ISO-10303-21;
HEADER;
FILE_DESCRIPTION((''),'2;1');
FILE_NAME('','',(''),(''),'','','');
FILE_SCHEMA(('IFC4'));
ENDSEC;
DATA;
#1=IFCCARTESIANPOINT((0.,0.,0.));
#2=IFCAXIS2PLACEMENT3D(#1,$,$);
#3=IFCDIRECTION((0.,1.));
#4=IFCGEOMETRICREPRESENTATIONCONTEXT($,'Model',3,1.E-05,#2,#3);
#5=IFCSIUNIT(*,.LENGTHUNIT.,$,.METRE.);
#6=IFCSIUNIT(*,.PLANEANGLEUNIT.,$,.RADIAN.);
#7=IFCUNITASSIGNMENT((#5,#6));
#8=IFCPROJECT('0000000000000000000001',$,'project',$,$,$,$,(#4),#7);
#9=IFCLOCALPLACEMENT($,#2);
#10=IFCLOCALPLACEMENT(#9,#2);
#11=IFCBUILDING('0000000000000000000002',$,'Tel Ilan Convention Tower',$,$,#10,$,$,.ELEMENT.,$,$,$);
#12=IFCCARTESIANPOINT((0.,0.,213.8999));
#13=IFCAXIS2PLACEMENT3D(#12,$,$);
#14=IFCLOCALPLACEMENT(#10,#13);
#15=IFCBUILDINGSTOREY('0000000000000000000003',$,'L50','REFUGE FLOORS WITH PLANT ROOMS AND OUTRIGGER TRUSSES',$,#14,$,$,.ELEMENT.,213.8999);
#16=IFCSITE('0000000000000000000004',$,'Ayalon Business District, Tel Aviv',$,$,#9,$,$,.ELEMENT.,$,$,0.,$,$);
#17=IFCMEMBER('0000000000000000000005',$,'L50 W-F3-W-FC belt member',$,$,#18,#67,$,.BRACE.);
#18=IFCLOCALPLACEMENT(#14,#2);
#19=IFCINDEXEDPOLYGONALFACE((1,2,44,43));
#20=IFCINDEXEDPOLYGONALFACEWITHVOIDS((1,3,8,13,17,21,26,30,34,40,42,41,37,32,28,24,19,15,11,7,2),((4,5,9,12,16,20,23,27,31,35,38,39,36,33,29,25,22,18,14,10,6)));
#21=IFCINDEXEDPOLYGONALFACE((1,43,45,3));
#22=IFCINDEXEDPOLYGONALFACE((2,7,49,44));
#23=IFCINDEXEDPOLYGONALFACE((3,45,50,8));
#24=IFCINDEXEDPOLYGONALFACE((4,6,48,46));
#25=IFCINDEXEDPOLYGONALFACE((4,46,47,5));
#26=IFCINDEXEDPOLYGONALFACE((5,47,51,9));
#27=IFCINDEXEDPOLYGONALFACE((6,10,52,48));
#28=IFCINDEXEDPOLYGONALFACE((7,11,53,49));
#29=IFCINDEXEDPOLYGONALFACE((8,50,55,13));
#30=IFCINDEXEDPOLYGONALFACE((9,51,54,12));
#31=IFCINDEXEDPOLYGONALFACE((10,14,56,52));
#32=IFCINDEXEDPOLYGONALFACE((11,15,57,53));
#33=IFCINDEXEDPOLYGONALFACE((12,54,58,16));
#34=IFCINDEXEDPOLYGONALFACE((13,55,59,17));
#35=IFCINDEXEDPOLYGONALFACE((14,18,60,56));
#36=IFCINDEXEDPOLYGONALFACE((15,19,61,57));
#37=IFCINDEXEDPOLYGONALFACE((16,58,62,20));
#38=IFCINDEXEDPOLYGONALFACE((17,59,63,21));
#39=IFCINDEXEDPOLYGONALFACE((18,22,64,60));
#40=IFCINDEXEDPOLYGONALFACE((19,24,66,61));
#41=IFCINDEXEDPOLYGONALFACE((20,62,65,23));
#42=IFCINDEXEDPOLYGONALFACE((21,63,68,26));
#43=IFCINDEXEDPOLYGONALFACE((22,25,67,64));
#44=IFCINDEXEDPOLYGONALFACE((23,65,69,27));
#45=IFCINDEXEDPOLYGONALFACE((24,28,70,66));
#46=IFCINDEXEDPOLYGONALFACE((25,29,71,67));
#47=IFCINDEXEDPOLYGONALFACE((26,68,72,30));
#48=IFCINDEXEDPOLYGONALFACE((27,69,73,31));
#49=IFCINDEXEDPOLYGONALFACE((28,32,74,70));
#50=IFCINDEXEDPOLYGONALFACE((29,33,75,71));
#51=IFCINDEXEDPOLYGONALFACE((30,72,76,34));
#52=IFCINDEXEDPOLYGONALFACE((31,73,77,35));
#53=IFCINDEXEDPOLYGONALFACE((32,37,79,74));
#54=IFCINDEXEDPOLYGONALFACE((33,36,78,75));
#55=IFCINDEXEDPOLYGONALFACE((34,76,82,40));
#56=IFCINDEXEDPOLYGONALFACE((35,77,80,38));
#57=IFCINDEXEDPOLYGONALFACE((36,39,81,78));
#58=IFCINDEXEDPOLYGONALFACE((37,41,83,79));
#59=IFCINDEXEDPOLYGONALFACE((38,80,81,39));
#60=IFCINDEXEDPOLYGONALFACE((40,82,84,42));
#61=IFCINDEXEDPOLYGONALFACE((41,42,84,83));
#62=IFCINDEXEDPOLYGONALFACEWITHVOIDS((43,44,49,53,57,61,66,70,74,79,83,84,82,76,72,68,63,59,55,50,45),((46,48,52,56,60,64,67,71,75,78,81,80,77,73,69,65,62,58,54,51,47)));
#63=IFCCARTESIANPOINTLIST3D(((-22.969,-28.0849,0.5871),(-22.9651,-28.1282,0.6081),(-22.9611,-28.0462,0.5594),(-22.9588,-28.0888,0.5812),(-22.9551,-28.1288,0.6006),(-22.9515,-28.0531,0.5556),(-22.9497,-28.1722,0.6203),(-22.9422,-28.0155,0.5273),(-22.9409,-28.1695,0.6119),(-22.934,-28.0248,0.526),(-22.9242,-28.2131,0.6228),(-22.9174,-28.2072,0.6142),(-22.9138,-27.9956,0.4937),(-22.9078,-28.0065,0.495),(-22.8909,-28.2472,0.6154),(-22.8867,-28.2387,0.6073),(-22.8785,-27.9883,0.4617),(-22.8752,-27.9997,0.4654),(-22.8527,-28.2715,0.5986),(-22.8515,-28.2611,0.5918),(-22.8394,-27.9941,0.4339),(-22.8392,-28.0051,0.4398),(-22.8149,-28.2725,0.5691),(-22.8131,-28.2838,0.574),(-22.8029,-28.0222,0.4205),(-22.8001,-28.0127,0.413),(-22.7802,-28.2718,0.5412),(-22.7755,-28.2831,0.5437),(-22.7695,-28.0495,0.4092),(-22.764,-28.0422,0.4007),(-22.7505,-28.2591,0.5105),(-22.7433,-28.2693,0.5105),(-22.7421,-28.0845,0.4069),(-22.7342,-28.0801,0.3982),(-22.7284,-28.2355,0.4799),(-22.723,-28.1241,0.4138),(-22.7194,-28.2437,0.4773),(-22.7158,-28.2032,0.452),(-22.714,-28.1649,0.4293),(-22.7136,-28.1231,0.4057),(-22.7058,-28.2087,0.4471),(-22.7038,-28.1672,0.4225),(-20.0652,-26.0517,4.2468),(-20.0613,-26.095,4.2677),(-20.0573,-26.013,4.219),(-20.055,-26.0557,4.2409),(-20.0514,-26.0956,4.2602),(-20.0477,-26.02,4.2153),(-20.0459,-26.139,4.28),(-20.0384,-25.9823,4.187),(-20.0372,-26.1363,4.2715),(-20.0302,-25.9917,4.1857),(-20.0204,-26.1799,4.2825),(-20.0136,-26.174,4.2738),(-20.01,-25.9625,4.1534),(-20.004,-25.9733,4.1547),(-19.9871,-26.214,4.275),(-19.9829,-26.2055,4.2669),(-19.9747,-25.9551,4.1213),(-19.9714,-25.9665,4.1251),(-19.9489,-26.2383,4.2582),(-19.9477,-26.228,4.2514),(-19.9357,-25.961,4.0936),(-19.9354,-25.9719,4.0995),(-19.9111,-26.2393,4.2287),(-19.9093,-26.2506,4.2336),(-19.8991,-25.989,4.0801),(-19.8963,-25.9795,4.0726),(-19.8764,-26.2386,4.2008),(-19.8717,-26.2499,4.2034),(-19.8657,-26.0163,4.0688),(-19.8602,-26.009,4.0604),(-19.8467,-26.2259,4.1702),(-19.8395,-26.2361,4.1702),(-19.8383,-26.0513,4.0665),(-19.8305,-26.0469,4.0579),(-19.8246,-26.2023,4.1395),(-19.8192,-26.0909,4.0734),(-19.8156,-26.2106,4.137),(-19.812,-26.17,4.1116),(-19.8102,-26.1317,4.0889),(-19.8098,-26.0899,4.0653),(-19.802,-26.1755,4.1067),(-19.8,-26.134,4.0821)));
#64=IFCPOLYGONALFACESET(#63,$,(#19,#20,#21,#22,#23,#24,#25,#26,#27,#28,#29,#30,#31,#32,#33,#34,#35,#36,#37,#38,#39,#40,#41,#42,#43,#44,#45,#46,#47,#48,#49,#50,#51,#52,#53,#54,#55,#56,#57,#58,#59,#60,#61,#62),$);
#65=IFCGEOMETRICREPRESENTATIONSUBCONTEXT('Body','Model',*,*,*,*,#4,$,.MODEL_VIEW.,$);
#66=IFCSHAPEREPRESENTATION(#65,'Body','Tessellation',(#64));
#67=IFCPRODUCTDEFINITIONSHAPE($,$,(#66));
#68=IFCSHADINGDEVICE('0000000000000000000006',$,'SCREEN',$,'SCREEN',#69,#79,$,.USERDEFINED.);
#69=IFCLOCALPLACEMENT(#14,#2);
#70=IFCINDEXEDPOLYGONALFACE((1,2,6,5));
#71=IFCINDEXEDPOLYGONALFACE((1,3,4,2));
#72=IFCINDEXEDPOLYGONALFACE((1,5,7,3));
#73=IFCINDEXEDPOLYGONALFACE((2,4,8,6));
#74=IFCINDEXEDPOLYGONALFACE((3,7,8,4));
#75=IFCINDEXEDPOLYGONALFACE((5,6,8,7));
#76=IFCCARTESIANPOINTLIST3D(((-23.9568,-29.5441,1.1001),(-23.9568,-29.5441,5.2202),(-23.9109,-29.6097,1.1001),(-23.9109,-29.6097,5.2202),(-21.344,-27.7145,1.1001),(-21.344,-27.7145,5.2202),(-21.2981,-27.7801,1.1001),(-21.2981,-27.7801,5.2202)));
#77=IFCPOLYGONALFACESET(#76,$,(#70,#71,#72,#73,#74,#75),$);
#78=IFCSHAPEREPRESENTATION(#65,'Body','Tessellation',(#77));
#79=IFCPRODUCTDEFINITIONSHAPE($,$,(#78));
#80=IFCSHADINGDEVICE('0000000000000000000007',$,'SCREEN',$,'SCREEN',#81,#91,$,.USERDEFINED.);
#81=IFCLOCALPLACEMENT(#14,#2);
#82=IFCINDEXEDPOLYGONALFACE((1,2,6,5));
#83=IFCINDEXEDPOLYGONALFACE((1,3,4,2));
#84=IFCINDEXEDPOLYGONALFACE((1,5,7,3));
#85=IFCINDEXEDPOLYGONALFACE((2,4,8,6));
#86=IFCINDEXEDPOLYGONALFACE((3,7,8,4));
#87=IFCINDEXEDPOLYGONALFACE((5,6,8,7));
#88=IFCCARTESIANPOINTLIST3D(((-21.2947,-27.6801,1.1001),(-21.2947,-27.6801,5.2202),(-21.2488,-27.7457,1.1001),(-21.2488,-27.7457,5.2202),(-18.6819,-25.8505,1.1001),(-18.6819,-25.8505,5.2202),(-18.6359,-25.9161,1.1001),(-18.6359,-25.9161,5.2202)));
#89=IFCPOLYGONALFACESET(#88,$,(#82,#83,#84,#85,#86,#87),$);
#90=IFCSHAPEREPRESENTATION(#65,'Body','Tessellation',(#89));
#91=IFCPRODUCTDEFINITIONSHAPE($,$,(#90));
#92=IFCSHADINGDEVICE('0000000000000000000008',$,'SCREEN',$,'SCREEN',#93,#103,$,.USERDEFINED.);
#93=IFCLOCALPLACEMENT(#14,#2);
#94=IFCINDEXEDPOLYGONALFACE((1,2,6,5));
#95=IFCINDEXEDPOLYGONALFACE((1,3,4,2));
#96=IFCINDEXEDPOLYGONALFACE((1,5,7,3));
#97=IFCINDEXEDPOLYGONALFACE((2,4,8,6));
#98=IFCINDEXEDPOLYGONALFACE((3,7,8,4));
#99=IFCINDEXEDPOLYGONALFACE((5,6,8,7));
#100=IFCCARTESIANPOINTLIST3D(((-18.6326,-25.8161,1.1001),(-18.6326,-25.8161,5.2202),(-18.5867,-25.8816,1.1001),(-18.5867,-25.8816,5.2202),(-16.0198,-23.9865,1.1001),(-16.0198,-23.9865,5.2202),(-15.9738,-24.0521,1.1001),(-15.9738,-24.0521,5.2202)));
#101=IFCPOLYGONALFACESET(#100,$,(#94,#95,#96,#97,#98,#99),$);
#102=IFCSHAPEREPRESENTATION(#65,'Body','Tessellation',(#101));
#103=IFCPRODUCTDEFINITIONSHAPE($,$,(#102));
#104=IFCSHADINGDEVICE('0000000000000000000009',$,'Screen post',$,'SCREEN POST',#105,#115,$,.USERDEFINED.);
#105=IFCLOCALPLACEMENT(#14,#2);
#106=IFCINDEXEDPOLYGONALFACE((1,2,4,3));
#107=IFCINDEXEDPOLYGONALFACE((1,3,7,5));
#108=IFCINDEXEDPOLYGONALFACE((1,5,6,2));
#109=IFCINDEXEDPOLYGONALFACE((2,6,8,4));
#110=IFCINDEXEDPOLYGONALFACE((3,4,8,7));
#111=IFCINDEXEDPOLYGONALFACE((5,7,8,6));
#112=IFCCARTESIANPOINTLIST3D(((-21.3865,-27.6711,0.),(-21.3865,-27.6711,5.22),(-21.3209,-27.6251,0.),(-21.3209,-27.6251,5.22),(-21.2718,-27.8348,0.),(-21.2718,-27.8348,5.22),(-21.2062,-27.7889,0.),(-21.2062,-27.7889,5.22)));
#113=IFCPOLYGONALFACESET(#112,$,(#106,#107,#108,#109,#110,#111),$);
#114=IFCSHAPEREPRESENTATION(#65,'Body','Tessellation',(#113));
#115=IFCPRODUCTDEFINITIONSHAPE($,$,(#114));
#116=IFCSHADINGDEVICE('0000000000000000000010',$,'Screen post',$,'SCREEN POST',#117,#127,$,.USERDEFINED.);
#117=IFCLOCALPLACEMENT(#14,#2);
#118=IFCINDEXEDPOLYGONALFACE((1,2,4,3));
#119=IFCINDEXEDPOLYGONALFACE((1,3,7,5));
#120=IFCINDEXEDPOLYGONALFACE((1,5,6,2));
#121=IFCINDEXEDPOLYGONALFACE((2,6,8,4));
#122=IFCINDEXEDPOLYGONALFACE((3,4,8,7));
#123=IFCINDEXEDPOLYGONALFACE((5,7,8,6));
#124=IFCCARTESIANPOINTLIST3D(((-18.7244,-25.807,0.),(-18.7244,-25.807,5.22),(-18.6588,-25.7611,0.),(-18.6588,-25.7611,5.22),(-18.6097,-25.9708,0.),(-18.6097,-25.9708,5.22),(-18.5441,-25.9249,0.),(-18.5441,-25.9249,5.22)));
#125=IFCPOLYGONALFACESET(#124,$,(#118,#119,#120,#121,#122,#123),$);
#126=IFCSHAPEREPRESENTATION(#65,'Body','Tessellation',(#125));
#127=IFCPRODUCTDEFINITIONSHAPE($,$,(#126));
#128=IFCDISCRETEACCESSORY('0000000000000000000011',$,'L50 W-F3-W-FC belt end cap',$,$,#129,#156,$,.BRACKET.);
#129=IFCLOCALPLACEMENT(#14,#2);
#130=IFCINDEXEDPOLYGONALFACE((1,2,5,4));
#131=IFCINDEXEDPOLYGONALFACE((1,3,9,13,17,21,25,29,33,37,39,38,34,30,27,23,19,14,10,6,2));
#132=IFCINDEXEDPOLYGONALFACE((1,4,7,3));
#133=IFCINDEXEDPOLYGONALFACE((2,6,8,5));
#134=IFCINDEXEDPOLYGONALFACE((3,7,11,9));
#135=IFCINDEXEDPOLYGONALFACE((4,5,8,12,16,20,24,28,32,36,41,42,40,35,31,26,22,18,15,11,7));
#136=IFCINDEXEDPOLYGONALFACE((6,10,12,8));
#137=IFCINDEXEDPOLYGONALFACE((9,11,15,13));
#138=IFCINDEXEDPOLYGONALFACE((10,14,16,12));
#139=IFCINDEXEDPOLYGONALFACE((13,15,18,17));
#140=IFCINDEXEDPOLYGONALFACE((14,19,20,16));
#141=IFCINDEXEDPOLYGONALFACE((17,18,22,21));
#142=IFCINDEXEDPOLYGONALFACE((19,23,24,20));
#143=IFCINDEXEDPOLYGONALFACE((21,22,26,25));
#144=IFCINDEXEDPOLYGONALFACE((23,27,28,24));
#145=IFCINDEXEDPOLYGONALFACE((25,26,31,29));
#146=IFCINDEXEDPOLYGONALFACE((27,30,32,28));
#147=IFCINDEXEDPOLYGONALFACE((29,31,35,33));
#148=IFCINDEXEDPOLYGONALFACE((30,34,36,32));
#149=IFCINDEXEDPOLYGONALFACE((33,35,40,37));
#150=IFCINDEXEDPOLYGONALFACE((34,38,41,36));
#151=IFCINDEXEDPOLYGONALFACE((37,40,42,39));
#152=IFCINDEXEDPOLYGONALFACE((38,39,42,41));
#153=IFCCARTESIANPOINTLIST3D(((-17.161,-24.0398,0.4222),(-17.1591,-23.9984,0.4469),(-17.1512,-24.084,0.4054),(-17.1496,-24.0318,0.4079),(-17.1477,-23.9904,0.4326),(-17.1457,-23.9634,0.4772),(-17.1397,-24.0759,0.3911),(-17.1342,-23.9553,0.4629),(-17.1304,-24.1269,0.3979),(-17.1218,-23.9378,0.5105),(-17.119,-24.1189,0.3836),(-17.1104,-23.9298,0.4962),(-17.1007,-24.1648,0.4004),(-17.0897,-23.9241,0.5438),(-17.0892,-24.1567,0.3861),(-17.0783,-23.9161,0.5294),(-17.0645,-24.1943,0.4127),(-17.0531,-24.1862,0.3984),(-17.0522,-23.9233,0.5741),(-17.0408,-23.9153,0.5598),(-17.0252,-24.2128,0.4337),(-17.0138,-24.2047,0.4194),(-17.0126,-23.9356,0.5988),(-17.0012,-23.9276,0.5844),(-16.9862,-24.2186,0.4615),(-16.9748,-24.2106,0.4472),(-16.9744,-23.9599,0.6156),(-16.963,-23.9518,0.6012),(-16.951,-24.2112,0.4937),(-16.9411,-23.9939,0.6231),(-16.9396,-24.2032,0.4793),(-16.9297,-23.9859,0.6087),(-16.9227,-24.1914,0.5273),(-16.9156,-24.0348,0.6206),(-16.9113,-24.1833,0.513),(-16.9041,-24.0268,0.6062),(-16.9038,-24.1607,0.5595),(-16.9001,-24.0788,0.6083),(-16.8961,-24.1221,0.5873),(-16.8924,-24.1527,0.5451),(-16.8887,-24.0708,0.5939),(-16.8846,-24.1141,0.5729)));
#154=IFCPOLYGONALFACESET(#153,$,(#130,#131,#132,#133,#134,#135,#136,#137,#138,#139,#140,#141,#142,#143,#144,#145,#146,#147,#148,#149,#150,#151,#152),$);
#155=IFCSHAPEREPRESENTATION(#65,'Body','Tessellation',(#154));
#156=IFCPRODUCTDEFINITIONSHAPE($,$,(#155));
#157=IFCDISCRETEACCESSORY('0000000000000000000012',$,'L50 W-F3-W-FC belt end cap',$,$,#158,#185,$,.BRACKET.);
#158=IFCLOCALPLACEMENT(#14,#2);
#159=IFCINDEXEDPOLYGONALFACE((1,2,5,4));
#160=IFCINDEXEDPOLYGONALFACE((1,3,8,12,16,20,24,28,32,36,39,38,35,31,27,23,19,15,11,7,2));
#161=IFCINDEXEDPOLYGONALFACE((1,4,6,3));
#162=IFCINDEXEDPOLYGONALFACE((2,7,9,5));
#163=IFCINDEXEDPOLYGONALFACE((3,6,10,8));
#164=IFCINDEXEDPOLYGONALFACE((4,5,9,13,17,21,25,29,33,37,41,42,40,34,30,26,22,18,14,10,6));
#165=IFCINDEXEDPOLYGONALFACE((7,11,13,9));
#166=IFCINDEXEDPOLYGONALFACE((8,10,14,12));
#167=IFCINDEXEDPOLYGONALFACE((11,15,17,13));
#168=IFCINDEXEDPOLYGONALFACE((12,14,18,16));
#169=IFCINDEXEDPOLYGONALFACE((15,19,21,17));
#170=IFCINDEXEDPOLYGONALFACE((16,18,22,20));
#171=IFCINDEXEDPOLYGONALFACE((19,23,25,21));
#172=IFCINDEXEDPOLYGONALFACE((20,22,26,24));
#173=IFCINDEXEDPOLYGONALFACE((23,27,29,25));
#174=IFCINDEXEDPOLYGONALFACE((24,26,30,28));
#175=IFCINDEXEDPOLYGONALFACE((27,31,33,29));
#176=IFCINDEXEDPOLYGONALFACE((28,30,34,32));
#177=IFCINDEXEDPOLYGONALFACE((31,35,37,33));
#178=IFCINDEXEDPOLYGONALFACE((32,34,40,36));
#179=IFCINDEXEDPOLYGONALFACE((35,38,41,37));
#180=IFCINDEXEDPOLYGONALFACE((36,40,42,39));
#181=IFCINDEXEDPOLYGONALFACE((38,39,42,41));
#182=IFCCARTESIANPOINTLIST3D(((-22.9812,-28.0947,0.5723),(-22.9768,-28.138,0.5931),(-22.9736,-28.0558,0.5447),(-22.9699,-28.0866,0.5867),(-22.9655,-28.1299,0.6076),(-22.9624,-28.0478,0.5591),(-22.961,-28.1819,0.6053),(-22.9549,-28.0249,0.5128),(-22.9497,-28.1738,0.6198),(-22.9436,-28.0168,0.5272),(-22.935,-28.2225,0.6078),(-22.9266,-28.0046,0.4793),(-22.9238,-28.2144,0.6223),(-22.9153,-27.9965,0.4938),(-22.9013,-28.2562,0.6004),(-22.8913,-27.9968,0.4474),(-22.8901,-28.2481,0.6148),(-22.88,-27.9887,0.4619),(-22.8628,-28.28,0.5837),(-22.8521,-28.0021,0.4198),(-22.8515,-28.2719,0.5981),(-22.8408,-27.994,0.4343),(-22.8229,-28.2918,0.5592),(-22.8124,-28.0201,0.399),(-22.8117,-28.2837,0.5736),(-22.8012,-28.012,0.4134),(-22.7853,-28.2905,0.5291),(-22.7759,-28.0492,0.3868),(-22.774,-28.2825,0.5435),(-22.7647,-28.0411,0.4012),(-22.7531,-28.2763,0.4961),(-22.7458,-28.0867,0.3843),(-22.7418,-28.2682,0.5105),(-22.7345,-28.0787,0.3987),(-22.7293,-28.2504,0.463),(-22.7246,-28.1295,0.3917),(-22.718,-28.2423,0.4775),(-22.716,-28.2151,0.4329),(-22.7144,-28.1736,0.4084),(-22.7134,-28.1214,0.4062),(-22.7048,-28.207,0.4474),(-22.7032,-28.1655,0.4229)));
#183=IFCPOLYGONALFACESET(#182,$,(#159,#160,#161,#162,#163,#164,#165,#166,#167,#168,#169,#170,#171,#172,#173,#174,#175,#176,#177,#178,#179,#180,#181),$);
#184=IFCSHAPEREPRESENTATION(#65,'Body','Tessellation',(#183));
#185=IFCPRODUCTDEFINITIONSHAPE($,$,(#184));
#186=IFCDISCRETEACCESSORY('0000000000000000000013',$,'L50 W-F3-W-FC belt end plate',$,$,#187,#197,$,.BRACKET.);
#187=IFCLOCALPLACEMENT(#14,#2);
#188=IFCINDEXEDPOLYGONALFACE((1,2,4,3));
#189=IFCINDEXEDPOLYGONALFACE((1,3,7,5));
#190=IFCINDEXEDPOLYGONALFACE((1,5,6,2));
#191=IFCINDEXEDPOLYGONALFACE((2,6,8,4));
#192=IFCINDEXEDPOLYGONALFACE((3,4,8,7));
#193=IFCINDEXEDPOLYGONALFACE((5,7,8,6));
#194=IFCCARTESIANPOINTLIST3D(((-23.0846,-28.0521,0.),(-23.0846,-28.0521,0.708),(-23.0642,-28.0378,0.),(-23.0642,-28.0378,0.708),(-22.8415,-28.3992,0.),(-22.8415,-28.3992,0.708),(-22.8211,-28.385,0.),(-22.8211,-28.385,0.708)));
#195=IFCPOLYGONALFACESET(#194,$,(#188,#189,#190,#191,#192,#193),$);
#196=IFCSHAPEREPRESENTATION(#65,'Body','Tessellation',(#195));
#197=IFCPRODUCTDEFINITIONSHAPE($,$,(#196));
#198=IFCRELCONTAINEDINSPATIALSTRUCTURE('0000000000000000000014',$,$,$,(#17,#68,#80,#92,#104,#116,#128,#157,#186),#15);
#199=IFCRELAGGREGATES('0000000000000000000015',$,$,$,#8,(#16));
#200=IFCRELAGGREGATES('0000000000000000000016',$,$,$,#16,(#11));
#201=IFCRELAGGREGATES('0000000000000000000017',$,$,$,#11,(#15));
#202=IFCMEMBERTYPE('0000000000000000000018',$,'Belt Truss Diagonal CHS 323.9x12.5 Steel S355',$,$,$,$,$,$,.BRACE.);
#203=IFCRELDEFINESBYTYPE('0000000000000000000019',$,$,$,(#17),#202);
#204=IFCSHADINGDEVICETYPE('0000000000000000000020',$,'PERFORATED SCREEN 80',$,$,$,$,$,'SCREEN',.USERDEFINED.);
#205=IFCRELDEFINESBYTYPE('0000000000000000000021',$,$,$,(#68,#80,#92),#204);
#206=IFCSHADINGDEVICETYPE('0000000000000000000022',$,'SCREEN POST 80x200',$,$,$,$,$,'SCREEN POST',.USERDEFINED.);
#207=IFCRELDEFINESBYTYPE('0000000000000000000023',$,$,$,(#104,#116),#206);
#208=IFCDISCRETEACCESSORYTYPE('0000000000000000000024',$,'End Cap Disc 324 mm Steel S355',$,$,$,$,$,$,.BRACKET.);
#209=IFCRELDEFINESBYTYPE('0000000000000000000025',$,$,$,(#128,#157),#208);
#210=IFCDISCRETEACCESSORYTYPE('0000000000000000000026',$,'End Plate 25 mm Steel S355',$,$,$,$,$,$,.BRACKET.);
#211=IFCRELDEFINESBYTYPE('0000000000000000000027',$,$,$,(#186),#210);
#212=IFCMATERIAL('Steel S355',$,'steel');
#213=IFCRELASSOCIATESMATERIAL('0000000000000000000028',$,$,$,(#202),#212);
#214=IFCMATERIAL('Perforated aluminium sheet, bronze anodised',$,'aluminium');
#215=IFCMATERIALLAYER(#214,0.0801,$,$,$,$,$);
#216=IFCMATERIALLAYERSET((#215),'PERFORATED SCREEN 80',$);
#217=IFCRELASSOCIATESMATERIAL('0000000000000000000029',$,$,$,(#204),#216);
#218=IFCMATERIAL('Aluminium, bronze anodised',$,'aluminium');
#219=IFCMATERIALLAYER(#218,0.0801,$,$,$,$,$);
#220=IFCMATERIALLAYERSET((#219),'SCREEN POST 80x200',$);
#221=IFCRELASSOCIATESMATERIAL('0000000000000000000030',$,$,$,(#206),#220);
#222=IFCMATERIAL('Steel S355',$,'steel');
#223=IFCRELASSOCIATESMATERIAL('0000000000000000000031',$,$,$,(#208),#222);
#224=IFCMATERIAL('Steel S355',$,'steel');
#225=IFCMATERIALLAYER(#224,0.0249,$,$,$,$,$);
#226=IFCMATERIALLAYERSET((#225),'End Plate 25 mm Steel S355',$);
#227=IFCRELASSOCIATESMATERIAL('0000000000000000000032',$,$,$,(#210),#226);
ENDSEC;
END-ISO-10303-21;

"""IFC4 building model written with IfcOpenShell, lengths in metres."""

from ifc_helpers import new_model, si_unit, direction, frame, origin, origin_2d, place, context, subcontext, project, spatial, rectangle, circle, hollow_circle, extrude, material, layer, layer_set, material_profile, profile_set, type_object, element, save


model = new_model("IFC4")

# Units and contexts
model_context = context("Model", 3, precision=1e-05, world=origin(), true_north=direction((0.0, 1.0)))
body_context = subcontext(model_context, "Body", "Model", "MODEL_VIEW")
ifc_project = project(units=[si_unit("LENGTHUNIT", "METRE"), si_unit("PLANEANGLEUNIT", "RADIAN")], contexts=[model_context])

# Site, building, storey
site_placement = place(None, origin())
site = spatial("IfcSite", under=ifc_project, at=site_placement, Name="Ayalon Business District, Tel Aviv", CompositionType="ELEMENT", RefElevation=0.0)
building_placement = place(site_placement, origin())
building = spatial("IfcBuilding", under=site, at=building_placement, Name="Tel Ilan Convention Tower", CompositionType="ELEMENT")
storey_placement = place(building_placement, frame((0.0, 0.0, 213.8999)))
storey = spatial("IfcBuildingStorey", under=building, at=storey_placement, Name="L50", Description="REFUGE FLOORS WITH PLANT ROOMS AND OUTRIGGER TRUSSES", CompositionType="ELEMENT", Elevation=213.8999)

# Member
ifc_material_1 = material(Name="Steel S355", Category="steel")
ifc_material_profile_1 = material_profile(ifc_material_1, hollow_circle(Radius=0.1619, WallThickness=0.0125, at=origin_2d()), Name="CHS 323.9x12.5")
ifc_profile_set_1 = profile_set([ifc_material_profile_1], Name="Steel S355")
member_type_1 = type_object("IfcMemberType", Name="Belt Truss Diagonal CHS 323.9x12.5 Steel S355", PredefinedType="BRACE", material=ifc_profile_set_1)
for number, where, z_axis, x_axis, name in (
    (1, (-19.9324, -26.1035, 4.1702), (-0.569931, -0.399057, -0.718284), (0.573564, -0.819161, 0.0), "L50 W-F3-W-FC belt member"),
):
    element("IfcMember", number, at=place(storey_placement, frame(where, z_axis=z_axis, x_axis=x_axis)), inside=storey, type_object=member_type_1, Name=name, PredefinedType="BRACE", context=body_context, shape_type="SweptSolid", body=[
        extrude(hollow_circle(Radius=0.1619, WallThickness=0.0125, at=origin_2d()), origin(), (0.0, 0.0, 1.0), 5.095),
    ])

# Shading devices
ifc_material_2 = material(Name="Perforated aluminium sheet, bronze anodised", Category="aluminium")
ifc_layer_1 = layer(ifc_material_2, 0.0801)
ifc_layer_set_1 = layer_set([ifc_layer_1], Name="PERFORATED SCREEN 80")
shading_device_type_1 = type_object("IfcShadingDeviceType", Name="PERFORATED SCREEN 80", ElementType="SCREEN", PredefinedType="USERDEFINED", material=ifc_layer_set_1)
for number, where, z_axis, x_axis, name in (
    (2, (-22.6274, -28.6621, 1.1001), (0.0, 0.0, 1.0), (0.819152, 0.573576, 0.0), "SCREEN"),
    (3, (-19.9653, -26.7981, 1.1001), (0.0, 0.0, 1.0), (0.819152, 0.573576, 0.0), "SCREEN"),
    (4, (-17.3032, -24.9341, 1.1001), (0.0, 0.0, 1.0), (0.819152, 0.573576, 0.0), "SCREEN"),
):
    element("IfcShadingDevice", number, at=place(storey_placement, frame(where, z_axis=z_axis, x_axis=x_axis)), inside=storey, type_object=shading_device_type_1, Name=name, ObjectType="SCREEN", PredefinedType="USERDEFINED", context=body_context, shape_type="SweptSolid", body=[
        extrude(rectangle(XDim=3.1897, YDim=0.0801, at=origin_2d()), origin(), (0.0, 0.0, 1.0), 4.1201),
    ])
ifc_material_3 = material(Name="Aluminium, bronze anodised", Category="aluminium")
ifc_layer_2 = layer(ifc_material_3, 0.0801)
ifc_layer_set_2 = layer_set([ifc_layer_2], Name="SCREEN POST 80x200")
shading_device_type_2 = type_object("IfcShadingDeviceType", Name="SCREEN POST 80x200", ElementType="SCREEN POST", PredefinedType="USERDEFINED", material=ifc_layer_set_2)
for number, where, z_axis, x_axis, name in (
    (5, (-21.2964, -27.73, 0.0), (0.0, 0.0, 1.0), (0.819152, 0.573576, 0.0), "Screen post"),
    (6, (-18.6343, -25.866, 0.0), (0.0, 0.0, 1.0), (0.819152, 0.573576, 0.0), "Screen post"),
):
    element("IfcShadingDevice", number, at=place(storey_placement, frame(where, z_axis=z_axis, x_axis=x_axis)), inside=storey, type_object=shading_device_type_2, Name=name, ObjectType="SCREEN POST", PredefinedType="USERDEFINED", context=body_context, shape_type="SweptSolid", body=[
        extrude(rectangle(XDim=0.0801, YDim=0.2, at=origin_2d()), origin(), (0.0, 0.0, 1.0), 5.22),
    ])

# Discrete accessories
ifc_material_4 = material(Name="Steel S355", Category="steel")
ifc_material_profile_2 = material_profile(ifc_material_4, circle(Radius=0.1619, at=origin_2d()), Name="End Cap Disc 324 mm Steel S355")
ifc_profile_set_2 = profile_set([ifc_material_profile_2], Name="Steel S355")
discrete_accessory_type_1 = type_object("IfcDiscreteAccessoryType", Name="End Cap Disc 324 mm Steel S355", PredefinedType="BRACKET", material=ifc_profile_set_2)
for number, where, z_axis, x_axis, name in (
    (7, (-17.0288, -24.0703, 0.5105), (0.570841, 0.400803, -0.716587), (-0.57463, 0.818413, 0.0), "L50 W-F3-W-FC belt end cap"),
    (8, (-22.8362, -28.1367, 0.5105), (-0.562568, -0.403581, -0.721554), (0.582908, -0.812538, 0.0), "L50 W-F3-W-FC belt end cap"),
):
    element("IfcDiscreteAccessory", number, at=place(storey_placement, frame(where, z_axis=z_axis, x_axis=x_axis)), inside=storey, type_object=discrete_accessory_type_1, Name=name, PredefinedType="BRACKET", context=body_context, shape_type="SweptSolid", body=[
        extrude(circle(Radius=0.1619, at=origin_2d()), origin(), (0.0, 0.0, 1.0), 0.02),
    ])
ifc_material_5 = material(Name="Steel S355", Category="steel")
ifc_layer_3 = layer(ifc_material_5, 0.0249)
ifc_layer_set_3 = layer_set([ifc_layer_3], Name="End Plate 25 mm Steel S355")
discrete_accessory_type_2 = type_object("IfcDiscreteAccessoryType", Name="End Plate 25 mm Steel S355", PredefinedType="BRACKET", material=ifc_layer_set_3)
discrete_accessory_1_placement = place(storey_placement, frame((-22.9529, -28.2185, 0.0), z_axis=(0.0, 0.0, 1.0), x_axis=(-0.819152, -0.573576, 0.0)))
element("IfcDiscreteAccessory", 9, at=discrete_accessory_1_placement, inside=storey, type_object=discrete_accessory_type_2, Name="L50 W-F3-W-FC belt end plate", PredefinedType="BRACKET", context=body_context, shape_type="SweptSolid", body=[
    extrude(rectangle(XDim=0.0249, YDim=0.4238, at=origin_2d()), origin(), (0.0, 0.0, 1.0), 0.708),
])

save(model, "model.ifc")
